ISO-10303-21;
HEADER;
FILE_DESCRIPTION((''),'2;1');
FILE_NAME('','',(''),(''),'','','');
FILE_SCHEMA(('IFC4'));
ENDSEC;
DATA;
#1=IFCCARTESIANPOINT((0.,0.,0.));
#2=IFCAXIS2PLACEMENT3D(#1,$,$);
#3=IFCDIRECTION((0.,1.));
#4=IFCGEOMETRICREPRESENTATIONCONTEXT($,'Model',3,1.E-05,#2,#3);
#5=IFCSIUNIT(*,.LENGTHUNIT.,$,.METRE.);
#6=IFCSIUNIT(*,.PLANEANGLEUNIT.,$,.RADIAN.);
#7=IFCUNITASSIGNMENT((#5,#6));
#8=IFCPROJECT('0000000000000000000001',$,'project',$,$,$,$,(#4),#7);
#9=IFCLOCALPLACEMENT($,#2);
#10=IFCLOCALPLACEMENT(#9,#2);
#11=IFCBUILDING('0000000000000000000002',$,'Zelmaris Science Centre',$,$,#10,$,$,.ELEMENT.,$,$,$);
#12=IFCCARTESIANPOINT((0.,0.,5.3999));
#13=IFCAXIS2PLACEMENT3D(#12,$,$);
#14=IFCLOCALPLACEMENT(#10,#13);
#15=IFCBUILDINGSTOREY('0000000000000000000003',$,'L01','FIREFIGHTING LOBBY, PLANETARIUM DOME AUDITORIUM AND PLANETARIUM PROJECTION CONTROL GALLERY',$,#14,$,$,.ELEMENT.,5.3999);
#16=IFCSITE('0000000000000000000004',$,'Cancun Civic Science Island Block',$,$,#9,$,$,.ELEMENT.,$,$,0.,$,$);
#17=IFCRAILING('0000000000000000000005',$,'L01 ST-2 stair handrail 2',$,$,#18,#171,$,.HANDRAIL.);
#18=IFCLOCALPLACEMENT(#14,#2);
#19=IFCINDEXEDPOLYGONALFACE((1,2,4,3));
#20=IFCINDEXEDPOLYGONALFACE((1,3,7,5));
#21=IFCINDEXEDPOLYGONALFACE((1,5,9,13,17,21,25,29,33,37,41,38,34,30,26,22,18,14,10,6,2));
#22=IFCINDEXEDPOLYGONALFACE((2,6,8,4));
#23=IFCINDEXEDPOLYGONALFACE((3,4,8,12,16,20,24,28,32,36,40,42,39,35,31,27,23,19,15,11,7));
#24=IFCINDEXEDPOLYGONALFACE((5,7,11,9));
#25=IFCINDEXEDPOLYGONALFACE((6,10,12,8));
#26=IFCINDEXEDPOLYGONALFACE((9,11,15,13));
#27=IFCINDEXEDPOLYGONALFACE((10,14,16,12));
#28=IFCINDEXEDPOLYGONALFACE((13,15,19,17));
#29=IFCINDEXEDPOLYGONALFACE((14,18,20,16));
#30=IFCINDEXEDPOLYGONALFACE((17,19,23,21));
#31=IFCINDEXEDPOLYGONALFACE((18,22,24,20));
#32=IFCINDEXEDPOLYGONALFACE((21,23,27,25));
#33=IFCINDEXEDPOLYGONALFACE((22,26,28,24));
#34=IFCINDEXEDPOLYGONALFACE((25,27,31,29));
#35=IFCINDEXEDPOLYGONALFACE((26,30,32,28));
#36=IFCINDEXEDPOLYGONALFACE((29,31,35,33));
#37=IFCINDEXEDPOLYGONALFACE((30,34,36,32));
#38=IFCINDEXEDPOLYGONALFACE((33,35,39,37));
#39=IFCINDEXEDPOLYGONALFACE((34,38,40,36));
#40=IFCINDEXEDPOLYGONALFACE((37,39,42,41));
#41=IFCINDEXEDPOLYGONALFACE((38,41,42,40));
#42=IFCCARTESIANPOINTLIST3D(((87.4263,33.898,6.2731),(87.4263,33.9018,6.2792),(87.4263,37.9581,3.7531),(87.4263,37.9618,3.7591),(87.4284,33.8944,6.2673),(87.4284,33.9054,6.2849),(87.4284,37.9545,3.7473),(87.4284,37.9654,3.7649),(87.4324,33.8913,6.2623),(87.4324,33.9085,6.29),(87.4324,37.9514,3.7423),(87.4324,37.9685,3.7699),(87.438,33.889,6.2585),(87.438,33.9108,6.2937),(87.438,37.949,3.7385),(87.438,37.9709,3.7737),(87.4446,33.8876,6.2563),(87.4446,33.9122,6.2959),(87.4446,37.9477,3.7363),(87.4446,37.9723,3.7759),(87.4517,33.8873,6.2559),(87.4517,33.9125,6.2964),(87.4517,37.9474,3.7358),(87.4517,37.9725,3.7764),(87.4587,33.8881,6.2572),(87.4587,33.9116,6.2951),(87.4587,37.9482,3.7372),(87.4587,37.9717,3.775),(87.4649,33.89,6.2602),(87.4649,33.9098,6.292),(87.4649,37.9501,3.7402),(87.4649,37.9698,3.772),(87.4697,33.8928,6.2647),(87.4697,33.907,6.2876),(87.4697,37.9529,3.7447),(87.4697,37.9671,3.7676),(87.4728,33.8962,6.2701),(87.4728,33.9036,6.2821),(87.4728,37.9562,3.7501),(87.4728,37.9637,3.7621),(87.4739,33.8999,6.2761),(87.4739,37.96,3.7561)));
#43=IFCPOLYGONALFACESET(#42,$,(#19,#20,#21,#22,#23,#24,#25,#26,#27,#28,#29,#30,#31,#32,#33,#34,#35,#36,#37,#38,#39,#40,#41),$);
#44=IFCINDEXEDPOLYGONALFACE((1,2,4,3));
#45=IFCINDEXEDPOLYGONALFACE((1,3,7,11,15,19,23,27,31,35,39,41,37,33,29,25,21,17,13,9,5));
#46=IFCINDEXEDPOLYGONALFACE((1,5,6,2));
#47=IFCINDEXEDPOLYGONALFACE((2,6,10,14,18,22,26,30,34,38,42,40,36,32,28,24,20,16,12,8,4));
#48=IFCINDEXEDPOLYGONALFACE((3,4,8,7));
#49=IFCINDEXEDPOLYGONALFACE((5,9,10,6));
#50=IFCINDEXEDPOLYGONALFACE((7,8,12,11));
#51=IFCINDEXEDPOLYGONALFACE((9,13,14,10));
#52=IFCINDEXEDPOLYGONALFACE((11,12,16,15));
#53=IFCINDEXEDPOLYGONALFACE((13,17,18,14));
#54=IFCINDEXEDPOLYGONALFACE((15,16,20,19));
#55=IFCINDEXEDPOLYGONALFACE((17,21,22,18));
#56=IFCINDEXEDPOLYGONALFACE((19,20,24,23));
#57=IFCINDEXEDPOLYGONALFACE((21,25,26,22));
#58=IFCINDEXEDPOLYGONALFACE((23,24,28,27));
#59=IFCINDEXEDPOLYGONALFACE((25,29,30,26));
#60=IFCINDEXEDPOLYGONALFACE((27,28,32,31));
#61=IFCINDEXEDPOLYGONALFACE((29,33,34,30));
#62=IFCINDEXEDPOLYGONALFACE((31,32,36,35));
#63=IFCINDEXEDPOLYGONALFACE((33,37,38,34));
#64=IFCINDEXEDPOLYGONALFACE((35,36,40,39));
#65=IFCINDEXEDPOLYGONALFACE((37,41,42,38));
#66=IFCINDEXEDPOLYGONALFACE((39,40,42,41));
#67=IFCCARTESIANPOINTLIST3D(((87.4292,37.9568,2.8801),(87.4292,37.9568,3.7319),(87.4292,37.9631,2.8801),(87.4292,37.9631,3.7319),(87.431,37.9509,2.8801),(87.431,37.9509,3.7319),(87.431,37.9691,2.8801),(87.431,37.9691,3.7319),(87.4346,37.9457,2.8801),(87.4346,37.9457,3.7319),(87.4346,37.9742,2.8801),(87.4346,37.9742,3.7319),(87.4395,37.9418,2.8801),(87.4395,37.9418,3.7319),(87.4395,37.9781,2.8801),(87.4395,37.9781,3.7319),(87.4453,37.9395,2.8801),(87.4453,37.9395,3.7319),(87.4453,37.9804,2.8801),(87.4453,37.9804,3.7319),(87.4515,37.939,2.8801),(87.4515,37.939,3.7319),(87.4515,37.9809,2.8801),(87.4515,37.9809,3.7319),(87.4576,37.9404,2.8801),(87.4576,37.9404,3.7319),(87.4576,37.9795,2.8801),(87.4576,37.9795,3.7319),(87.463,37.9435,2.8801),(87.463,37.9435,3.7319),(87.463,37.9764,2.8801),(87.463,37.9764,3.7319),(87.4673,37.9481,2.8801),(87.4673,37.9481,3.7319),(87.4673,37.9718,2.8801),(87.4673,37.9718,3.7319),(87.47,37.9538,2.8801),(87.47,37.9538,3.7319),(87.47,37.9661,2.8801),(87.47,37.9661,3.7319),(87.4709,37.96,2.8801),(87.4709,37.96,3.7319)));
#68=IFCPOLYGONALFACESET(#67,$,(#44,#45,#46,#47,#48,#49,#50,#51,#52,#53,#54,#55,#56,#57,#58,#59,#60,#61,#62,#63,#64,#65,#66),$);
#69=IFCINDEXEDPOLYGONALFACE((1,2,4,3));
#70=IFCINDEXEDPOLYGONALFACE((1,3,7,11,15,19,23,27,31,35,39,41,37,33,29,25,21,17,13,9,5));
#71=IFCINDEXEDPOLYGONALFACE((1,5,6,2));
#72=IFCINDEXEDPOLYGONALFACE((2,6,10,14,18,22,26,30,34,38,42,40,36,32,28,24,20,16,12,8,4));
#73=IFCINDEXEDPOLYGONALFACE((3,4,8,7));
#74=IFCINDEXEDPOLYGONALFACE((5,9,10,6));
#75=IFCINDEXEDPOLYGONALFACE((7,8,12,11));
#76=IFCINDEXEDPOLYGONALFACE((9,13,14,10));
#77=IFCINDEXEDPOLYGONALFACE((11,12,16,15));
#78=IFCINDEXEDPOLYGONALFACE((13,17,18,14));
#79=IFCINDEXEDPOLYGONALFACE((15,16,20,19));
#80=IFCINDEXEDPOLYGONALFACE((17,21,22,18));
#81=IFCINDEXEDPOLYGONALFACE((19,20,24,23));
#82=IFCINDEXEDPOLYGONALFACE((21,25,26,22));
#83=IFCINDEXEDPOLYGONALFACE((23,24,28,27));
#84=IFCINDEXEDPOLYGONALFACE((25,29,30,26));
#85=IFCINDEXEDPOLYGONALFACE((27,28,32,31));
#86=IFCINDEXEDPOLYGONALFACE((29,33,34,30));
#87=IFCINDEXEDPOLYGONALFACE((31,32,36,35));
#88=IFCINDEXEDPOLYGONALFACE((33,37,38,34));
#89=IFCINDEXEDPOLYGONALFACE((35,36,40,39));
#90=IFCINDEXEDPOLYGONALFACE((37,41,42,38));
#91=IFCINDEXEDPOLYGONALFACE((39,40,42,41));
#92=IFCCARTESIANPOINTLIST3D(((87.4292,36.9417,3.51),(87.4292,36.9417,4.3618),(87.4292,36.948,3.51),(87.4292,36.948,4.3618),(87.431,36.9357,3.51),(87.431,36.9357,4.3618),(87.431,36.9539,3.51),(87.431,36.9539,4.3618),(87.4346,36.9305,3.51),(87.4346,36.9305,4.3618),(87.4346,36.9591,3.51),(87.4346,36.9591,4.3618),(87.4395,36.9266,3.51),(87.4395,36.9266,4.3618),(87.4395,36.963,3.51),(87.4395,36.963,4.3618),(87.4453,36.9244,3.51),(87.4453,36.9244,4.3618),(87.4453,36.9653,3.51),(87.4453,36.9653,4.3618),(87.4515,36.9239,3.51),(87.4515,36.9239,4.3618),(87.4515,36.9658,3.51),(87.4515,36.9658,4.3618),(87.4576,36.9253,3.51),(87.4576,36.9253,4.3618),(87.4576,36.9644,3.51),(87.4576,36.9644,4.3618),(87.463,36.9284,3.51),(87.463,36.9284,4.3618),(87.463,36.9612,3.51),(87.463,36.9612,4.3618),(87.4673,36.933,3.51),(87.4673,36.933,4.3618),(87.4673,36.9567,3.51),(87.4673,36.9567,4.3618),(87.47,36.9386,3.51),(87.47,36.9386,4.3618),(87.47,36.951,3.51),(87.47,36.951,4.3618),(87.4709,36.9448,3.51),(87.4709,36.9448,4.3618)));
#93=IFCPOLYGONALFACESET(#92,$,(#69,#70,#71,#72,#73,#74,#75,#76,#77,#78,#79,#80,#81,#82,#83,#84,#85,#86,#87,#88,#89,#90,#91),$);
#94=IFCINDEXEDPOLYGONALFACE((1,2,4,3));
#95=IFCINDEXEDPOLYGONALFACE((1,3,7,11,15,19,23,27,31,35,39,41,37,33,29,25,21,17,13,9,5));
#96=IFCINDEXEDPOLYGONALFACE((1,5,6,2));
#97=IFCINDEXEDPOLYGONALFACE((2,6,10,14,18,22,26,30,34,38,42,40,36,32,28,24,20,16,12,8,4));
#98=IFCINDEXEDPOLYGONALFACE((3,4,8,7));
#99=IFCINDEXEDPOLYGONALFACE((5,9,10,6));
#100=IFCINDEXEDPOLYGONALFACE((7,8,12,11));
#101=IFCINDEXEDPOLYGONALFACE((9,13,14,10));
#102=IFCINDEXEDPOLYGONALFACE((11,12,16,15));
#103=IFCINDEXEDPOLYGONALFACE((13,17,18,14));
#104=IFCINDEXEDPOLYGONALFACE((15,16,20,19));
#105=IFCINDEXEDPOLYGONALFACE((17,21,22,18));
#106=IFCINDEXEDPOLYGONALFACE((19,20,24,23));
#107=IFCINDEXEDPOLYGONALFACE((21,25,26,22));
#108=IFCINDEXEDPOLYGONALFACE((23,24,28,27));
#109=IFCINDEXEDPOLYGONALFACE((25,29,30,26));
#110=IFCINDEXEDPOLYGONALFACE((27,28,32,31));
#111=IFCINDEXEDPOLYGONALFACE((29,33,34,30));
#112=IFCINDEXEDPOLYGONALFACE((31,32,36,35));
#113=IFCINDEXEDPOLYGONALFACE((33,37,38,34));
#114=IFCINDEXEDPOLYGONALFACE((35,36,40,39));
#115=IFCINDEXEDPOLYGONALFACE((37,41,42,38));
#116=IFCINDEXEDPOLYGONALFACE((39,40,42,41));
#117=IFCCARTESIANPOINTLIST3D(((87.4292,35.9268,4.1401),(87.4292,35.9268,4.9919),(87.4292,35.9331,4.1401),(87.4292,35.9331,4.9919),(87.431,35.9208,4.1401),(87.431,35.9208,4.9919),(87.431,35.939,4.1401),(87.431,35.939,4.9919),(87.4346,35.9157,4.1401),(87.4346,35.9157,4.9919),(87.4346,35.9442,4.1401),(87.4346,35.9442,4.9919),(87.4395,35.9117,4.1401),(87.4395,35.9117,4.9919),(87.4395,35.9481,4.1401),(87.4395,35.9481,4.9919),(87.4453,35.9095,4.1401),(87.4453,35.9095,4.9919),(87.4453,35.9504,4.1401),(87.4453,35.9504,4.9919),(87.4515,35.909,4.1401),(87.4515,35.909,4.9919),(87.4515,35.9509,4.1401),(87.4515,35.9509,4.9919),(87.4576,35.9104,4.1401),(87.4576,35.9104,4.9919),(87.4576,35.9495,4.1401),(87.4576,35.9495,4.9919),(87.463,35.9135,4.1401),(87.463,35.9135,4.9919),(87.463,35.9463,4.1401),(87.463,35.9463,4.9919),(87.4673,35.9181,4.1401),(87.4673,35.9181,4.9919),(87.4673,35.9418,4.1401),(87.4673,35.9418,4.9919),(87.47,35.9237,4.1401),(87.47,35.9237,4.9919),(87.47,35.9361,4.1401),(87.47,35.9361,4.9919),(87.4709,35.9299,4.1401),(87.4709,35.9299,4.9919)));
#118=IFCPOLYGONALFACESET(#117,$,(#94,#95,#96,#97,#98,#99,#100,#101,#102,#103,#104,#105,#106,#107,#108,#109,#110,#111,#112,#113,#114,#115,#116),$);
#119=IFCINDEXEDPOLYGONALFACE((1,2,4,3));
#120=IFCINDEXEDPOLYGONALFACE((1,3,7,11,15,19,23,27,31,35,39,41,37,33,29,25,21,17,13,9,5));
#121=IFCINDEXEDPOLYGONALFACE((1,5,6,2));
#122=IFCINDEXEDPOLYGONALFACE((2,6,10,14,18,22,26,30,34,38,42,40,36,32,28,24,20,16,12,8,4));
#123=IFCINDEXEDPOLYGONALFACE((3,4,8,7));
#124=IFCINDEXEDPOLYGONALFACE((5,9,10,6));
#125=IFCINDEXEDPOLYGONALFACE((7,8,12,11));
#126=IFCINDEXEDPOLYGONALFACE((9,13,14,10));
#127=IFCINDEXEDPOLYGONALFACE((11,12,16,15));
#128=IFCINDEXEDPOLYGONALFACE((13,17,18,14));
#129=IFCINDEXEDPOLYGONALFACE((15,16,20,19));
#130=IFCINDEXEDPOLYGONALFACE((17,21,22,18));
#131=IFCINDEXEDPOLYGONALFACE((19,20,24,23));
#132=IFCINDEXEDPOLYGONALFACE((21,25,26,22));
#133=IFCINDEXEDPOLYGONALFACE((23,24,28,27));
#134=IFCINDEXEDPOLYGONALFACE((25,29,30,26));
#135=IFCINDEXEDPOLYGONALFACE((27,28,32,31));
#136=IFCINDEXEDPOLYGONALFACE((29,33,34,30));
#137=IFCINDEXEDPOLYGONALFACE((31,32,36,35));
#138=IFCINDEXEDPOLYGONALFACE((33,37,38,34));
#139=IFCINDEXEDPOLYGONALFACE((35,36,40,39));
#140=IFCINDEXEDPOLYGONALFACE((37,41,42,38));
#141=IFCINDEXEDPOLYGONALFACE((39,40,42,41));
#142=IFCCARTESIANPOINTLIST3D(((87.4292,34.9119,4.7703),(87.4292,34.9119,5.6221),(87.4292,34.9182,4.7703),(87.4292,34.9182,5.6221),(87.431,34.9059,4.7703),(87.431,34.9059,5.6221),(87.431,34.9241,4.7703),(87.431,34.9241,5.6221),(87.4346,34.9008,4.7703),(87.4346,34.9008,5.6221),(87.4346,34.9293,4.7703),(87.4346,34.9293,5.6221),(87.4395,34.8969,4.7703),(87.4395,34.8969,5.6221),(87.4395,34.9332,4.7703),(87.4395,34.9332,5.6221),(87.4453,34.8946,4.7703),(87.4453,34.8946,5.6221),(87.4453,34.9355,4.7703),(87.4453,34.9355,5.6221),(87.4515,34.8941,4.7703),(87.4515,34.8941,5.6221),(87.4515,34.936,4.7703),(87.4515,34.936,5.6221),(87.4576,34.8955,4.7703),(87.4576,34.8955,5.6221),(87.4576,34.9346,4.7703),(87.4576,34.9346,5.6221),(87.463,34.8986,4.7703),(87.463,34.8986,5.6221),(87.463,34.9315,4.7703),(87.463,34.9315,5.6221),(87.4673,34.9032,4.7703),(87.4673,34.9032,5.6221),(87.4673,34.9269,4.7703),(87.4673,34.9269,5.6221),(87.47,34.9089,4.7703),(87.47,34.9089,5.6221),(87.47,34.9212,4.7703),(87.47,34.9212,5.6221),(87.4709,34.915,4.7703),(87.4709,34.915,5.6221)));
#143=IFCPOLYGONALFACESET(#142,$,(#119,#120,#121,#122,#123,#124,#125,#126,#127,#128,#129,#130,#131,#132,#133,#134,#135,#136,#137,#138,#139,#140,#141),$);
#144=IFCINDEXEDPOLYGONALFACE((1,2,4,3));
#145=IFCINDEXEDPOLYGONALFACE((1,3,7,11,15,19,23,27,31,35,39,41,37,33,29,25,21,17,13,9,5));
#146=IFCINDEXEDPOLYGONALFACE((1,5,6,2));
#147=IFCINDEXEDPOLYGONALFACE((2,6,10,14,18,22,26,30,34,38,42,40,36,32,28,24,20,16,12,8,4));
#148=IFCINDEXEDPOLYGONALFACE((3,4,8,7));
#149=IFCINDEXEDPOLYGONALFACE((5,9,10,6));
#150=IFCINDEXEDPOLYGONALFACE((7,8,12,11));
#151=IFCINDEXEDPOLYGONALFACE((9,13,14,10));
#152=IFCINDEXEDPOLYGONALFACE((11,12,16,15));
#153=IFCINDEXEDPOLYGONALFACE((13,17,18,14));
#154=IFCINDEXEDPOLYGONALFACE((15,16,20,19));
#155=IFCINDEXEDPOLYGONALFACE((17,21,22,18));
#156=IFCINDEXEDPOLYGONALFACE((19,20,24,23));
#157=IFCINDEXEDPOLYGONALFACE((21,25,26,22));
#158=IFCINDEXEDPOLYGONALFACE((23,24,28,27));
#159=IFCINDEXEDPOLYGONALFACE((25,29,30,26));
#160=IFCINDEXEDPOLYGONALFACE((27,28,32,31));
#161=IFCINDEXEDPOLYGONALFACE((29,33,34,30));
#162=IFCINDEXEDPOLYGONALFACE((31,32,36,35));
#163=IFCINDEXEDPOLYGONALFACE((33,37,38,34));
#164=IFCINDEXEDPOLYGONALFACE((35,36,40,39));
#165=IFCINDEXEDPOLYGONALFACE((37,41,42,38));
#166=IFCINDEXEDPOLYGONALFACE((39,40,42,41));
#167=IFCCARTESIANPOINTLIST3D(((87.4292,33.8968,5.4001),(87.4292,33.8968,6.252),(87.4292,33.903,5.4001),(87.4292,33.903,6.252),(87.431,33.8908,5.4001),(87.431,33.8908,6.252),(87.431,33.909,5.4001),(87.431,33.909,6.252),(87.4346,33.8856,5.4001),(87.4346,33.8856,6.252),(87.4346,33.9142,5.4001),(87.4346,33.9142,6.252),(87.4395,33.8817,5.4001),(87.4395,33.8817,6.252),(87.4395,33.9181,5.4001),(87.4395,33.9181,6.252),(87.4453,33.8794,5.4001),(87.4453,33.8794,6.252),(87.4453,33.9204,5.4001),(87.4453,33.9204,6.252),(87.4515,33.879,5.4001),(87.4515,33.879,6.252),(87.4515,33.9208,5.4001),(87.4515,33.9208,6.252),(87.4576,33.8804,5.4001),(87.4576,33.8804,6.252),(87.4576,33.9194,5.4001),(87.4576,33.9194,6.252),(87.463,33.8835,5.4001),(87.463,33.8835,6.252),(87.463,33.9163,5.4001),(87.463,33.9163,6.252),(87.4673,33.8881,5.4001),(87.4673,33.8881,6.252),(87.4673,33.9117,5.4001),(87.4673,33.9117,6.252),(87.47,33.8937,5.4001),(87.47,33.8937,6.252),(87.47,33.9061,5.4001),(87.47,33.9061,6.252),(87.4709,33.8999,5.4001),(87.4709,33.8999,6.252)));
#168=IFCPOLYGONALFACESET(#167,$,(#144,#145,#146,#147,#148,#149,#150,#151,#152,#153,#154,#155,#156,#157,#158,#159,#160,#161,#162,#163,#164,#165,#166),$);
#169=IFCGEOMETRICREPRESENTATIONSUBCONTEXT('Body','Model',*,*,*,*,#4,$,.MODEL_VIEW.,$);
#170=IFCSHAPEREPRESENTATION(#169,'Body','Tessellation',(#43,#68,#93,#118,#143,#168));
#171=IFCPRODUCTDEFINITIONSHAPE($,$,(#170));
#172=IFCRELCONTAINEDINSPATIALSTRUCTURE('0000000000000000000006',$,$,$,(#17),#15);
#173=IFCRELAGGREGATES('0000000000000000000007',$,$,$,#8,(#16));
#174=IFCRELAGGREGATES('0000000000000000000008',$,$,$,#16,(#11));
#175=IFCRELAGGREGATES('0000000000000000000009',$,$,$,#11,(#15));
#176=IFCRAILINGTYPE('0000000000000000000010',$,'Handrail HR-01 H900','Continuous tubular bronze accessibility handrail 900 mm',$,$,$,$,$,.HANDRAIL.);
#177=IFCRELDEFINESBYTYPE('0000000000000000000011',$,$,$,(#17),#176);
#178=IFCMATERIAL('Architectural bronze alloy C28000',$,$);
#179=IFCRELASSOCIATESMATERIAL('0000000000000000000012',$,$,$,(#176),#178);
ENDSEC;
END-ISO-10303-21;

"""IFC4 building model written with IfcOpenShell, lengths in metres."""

from ifc_helpers import new_model, si_unit, direction, frame, origin, origin_2d, place, context, subcontext, project, spatial, circle, extrude, material, type_object, element, save


model = new_model("IFC4")

# Units and contexts
model_context = context("Model", 3, precision=1e-05, world=origin(), true_north=direction((0.0, 1.0)))
body_context = subcontext(model_context, "Body", "Model", "MODEL_VIEW")
ifc_project = project(units=[si_unit("LENGTHUNIT", "METRE"), si_unit("PLANEANGLEUNIT", "RADIAN")], contexts=[model_context])

# Site, building, storey
site_placement = place(None, origin())
site = spatial("IfcSite", under=ifc_project, at=site_placement, Name="Cancun Civic Science Island Block", CompositionType="ELEMENT", RefElevation=0.0)
building_placement = place(site_placement, origin())
building = spatial("IfcBuilding", under=site, at=building_placement, Name="Zelmaris Science Centre", CompositionType="ELEMENT")
storey_placement = place(building_placement, frame((0.0, 0.0, 5.3999)))
storey = spatial("IfcBuildingStorey", under=building, at=storey_placement, Name="L01", Description="FIREFIGHTING LOBBY, PLANETARIUM DOME AUDITORIUM AND PLANETARIUM PROJECTION CONTROL GALLERY", CompositionType="ELEMENT", Elevation=5.3999)

# Railing
ifc_material_1 = material(Name="Architectural bronze alloy C28000")
railing_type_1 = type_object("IfcRailingType", Name="Handrail HR-01 H900", Description="Continuous tubular bronze accessibility handrail 900 mm", PredefinedType="HANDRAIL", material=ifc_material_1)
railing_1_placement = place(storey_placement, frame((87.45, 37.96, 2.8801)))
element("IfcRailing", 1, at=railing_1_placement, inside=storey, type_object=railing_type_1, Name="L01 ST-2 stair handrail 2", PredefinedType="HANDRAIL", context=body_context, shape_type="SweptSolid", body=[
    extrude(circle(Radius=0.0239, at=origin_2d()), frame((0.0, 0.0, 0.876), z_axis=(0.0, -0.849642, 0.52736), x_axis=(1.0, 0.0, 0.0)), (0.0, 0.0, 1.0), 4.7786),
    extrude(circle(Radius=0.021, at=origin_2d()), origin(), (0.0, 0.0, 1.0), 0.8518),
    extrude(circle(Radius=0.021, at=origin_2d()), frame((0.0, -1.0151, 0.6299)), (0.0, 0.0, 1.0), 0.8518),
    extrude(circle(Radius=0.021, at=origin_2d()), frame((0.0, -2.03, 1.26)), (0.0, 0.0, 1.0), 0.8518),
    extrude(circle(Radius=0.021, at=origin_2d()), frame((0.0, -3.0449, 1.8901)), (0.0, 0.0, 1.0), 0.8518),
    extrude(circle(Radius=0.021, at=origin_2d()), frame((0.0, -4.0601, 2.52)), (0.0, 0.0, 1.0), 0.8518),
])

save(model, "model.ifc")
